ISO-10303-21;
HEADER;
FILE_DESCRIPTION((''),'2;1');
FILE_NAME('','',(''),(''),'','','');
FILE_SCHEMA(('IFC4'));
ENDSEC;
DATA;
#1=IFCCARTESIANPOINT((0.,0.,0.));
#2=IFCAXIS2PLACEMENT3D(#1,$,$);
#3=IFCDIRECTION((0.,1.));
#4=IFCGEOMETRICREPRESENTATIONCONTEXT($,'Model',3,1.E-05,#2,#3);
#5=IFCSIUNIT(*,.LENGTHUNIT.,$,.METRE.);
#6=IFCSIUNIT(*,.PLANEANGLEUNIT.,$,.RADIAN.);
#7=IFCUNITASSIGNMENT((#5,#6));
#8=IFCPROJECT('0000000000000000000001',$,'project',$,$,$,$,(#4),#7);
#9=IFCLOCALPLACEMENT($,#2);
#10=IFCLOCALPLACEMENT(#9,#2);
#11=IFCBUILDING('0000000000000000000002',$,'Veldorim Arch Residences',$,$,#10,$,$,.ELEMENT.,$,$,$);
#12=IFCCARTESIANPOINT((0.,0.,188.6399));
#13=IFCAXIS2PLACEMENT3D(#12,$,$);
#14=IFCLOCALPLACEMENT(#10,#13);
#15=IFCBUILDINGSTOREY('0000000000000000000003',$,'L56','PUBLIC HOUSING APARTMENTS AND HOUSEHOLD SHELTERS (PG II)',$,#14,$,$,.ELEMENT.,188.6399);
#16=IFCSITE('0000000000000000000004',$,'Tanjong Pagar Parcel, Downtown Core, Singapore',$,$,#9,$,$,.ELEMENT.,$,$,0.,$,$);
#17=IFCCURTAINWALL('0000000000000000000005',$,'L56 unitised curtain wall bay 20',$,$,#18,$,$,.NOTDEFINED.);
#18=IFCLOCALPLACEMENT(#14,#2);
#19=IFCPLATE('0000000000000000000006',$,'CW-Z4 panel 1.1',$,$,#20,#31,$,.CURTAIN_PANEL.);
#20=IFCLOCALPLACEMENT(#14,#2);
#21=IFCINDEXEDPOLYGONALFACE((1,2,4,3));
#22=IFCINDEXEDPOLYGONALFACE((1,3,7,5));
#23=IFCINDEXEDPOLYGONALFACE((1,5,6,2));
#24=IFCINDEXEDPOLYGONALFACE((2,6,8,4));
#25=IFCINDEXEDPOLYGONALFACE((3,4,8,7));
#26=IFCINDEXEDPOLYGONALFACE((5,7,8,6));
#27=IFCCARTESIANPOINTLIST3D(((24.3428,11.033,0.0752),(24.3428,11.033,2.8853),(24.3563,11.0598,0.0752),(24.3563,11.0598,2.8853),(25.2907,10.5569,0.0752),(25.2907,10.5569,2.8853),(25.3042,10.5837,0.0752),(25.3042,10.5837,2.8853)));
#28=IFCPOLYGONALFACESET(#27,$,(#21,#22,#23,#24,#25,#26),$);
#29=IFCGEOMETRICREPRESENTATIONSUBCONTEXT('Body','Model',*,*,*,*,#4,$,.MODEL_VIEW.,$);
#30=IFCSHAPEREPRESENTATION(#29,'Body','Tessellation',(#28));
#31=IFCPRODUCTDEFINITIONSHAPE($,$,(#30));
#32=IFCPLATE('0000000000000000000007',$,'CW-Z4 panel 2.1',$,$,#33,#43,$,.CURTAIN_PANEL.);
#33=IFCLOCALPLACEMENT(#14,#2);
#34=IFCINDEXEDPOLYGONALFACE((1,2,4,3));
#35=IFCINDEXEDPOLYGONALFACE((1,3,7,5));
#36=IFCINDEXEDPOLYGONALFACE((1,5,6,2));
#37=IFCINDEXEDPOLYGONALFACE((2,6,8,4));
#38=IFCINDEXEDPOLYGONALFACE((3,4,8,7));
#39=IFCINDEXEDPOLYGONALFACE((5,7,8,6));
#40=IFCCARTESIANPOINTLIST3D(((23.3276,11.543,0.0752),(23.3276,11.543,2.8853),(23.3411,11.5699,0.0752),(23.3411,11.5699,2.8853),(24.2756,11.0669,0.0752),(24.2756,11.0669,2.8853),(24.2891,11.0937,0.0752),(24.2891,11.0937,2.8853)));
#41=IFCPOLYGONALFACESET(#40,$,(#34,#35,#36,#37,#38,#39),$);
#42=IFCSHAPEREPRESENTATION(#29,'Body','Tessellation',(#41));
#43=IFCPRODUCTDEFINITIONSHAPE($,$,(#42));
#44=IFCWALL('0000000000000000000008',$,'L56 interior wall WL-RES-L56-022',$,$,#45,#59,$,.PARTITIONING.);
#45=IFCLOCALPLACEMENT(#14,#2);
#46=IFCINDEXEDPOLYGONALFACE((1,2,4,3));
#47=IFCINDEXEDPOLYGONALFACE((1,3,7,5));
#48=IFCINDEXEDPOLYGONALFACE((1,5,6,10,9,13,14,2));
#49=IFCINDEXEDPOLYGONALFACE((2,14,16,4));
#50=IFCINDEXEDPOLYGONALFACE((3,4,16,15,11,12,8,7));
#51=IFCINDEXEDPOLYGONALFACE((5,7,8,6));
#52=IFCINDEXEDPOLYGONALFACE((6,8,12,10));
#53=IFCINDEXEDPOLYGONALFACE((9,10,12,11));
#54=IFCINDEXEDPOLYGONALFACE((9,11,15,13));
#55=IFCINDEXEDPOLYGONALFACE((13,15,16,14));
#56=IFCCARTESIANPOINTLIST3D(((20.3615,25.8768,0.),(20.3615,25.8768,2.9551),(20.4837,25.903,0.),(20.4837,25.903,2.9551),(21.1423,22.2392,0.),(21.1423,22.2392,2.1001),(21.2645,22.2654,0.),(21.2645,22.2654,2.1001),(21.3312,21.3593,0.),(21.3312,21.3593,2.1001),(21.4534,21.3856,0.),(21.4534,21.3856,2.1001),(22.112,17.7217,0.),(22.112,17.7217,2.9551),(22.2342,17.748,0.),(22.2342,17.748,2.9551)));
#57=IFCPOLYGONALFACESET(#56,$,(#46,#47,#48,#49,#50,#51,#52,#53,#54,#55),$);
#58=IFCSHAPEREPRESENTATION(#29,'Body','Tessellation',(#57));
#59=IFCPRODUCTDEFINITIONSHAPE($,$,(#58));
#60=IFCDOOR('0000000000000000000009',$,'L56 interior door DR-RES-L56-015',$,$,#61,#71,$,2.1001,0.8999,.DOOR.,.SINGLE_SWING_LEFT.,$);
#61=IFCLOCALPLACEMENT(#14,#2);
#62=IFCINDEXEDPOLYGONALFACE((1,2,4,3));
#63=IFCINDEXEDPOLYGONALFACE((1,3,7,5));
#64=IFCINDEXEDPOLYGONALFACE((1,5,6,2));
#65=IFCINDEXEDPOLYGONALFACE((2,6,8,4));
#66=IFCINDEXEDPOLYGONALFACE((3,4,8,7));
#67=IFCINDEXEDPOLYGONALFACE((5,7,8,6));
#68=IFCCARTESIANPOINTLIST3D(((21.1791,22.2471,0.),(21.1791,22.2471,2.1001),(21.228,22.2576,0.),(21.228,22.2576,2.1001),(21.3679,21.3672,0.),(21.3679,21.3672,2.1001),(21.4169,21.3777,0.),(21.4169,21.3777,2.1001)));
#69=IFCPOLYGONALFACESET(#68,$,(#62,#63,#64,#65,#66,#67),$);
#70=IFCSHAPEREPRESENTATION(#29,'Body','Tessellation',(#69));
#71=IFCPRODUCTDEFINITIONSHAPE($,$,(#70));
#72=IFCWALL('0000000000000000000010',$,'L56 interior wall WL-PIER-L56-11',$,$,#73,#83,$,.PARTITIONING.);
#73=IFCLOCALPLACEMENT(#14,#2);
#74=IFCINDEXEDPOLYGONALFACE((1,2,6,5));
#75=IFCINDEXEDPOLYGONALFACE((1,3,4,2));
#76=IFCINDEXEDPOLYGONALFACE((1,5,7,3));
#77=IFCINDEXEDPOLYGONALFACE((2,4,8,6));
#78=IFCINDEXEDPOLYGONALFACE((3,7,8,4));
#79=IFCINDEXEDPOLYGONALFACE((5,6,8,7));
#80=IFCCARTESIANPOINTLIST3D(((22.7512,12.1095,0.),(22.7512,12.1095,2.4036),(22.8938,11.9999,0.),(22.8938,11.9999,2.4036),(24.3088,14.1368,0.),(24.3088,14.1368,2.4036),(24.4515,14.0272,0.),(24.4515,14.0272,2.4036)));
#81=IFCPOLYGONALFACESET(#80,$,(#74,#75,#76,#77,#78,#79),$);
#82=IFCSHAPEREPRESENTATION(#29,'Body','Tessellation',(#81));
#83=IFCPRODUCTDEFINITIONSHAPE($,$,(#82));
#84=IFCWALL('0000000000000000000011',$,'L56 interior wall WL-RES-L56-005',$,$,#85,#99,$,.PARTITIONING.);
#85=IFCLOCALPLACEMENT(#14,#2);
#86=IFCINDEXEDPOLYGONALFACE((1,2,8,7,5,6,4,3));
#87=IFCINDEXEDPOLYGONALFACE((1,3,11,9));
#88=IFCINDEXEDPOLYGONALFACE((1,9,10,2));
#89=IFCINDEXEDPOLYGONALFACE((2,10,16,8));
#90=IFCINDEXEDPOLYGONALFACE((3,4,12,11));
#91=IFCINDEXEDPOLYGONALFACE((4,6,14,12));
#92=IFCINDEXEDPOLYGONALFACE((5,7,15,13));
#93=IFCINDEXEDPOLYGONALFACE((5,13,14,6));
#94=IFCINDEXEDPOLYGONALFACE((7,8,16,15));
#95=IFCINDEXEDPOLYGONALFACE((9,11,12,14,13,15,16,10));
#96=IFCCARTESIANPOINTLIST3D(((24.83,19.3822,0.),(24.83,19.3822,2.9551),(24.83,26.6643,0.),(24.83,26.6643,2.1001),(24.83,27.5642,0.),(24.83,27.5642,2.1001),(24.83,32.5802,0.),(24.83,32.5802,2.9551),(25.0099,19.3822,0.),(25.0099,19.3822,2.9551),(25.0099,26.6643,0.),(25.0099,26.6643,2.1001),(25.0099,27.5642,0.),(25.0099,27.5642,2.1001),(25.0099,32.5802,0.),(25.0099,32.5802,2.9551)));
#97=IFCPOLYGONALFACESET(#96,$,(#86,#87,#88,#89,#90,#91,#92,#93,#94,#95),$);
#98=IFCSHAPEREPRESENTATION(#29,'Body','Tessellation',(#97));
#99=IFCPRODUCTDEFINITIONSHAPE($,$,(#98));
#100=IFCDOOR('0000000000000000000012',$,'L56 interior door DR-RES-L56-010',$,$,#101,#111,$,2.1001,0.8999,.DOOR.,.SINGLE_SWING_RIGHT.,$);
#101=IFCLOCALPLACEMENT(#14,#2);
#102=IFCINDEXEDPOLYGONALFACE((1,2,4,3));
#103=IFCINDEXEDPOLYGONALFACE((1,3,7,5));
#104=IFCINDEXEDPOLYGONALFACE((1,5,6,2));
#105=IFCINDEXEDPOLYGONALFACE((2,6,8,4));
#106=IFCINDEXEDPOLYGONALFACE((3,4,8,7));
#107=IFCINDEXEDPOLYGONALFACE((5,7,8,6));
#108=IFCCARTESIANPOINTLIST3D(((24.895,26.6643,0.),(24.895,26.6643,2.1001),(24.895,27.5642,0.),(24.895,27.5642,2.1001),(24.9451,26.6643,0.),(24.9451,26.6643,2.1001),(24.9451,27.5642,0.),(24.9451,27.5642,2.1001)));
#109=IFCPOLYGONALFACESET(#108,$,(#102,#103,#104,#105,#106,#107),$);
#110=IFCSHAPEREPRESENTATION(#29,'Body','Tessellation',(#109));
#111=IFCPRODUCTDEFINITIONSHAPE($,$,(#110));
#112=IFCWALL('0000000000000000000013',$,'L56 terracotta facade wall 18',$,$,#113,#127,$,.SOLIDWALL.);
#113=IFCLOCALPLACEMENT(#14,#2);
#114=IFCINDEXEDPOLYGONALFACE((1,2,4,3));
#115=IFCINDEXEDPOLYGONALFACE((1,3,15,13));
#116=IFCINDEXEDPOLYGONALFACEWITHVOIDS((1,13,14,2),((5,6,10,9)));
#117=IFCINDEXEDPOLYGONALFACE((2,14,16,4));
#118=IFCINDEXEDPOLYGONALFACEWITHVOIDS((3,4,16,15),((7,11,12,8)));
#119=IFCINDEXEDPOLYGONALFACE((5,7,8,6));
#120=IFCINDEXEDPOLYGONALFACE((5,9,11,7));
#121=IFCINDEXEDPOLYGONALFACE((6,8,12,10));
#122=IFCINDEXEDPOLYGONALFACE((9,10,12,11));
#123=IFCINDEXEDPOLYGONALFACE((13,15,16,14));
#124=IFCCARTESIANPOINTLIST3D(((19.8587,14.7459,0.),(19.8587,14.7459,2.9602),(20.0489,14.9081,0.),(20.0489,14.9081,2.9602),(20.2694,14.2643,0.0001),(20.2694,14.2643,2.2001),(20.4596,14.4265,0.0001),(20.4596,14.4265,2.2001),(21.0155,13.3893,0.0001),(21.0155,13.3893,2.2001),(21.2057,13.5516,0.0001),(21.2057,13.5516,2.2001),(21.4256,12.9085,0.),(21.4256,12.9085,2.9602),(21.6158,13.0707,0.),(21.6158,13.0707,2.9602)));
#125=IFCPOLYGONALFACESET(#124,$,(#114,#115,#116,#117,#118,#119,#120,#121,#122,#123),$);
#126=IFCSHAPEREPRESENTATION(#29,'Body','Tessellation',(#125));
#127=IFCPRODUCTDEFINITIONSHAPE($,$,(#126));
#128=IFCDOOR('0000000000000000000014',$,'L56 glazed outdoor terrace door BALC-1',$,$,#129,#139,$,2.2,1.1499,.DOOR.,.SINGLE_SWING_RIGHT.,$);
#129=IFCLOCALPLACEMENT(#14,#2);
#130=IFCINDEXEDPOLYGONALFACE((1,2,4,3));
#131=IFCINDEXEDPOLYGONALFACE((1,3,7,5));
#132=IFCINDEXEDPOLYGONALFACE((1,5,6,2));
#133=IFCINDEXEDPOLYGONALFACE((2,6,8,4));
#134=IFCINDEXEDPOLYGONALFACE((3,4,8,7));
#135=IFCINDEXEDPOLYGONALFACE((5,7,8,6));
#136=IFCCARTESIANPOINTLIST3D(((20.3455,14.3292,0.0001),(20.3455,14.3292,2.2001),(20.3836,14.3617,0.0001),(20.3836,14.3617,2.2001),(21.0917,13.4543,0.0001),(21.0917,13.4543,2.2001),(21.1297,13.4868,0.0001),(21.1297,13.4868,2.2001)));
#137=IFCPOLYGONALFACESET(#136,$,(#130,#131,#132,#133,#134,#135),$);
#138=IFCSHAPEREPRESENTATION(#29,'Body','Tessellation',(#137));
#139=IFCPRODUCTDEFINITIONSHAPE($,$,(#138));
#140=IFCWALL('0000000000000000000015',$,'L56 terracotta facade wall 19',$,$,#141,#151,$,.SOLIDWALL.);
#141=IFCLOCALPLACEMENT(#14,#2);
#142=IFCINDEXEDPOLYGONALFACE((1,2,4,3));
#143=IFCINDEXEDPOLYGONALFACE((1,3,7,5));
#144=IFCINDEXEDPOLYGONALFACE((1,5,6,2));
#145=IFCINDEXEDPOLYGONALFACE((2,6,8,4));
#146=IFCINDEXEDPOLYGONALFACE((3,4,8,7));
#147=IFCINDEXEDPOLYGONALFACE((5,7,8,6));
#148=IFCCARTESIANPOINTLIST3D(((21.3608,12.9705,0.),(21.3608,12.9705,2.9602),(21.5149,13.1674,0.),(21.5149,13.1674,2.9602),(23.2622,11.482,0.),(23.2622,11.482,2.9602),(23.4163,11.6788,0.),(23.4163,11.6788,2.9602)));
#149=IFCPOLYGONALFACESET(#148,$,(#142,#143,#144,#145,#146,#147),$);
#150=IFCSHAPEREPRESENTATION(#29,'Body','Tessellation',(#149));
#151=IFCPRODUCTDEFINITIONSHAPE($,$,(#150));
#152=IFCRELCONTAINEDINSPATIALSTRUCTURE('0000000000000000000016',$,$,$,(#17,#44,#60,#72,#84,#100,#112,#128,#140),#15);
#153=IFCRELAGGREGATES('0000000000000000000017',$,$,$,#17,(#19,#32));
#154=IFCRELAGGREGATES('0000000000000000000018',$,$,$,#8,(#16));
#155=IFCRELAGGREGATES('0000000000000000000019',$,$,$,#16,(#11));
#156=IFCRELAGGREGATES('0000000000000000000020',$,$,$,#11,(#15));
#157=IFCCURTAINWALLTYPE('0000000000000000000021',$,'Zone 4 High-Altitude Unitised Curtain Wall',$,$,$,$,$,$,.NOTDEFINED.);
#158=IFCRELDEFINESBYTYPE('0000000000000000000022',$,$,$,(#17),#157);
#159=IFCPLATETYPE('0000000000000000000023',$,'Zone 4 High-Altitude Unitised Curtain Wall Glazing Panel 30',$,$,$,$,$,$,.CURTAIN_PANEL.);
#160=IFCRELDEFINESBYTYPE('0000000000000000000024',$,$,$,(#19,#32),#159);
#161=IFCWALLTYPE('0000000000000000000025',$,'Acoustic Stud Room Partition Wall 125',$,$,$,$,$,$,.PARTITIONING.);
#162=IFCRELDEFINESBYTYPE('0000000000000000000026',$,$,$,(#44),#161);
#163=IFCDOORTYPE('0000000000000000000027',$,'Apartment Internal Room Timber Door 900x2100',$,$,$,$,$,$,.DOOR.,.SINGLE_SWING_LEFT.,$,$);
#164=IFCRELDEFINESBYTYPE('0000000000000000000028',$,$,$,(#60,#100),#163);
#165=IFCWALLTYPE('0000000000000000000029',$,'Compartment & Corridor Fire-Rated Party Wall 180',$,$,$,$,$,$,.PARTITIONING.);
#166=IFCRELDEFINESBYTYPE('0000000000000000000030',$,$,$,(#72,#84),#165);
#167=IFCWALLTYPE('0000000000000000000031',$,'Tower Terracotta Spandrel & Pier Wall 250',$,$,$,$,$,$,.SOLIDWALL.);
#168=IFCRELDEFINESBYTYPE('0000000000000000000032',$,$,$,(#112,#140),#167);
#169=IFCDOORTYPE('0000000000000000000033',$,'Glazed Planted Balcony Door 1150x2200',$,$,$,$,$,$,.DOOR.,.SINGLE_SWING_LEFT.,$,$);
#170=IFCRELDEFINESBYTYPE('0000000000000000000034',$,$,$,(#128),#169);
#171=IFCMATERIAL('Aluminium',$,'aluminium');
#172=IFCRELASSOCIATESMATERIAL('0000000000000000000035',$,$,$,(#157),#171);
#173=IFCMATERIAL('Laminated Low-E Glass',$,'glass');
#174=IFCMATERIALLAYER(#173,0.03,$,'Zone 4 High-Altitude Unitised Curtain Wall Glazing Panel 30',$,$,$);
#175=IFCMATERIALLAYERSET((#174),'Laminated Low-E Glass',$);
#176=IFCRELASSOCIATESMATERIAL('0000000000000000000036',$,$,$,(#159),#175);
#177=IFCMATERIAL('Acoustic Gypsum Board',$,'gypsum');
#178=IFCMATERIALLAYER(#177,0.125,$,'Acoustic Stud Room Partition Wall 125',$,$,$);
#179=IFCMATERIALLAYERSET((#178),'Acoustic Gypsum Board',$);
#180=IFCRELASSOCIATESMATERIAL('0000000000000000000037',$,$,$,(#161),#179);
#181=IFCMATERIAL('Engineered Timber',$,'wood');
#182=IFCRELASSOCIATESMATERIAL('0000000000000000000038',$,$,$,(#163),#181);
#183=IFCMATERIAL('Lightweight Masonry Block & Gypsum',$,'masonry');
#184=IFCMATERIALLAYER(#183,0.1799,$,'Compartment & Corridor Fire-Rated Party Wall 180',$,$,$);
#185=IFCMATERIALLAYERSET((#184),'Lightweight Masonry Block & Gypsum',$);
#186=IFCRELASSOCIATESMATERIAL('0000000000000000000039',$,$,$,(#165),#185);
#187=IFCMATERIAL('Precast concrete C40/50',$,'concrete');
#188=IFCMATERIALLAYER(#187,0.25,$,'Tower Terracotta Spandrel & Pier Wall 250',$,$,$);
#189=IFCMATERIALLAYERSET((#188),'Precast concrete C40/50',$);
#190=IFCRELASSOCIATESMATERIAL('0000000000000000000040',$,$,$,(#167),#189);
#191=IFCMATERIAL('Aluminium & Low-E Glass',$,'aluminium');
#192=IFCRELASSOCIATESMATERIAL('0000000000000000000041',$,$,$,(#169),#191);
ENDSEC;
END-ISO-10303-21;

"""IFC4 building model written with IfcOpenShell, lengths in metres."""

from ifc_helpers import new_model, si_unit, direction, frame, frame_2d, origin, origin_2d, place, context, subcontext, project, spatial, rectangle, extrude, material, layer, layer_set, type_object, element, fill, aggregate, save


model = new_model("IFC4")

# Units and contexts
model_context = context("Model", 3, precision=1e-05, world=origin(), true_north=direction((0.0, 1.0)))
body_context = subcontext(model_context, "Body", "Model", "MODEL_VIEW")
ifc_project = project(units=[si_unit("LENGTHUNIT", "METRE"), si_unit("PLANEANGLEUNIT", "RADIAN")], contexts=[model_context])

# Site, building, storey
site_placement = place(None, origin())
site = spatial("IfcSite", under=ifc_project, at=site_placement, Name="Tanjong Pagar Parcel, Downtown Core, Singapore", CompositionType="ELEMENT", RefElevation=0.0)
building_placement = place(site_placement, origin())
building = spatial("IfcBuilding", under=site, at=building_placement, Name="Veldorim Arch Residences", CompositionType="ELEMENT")
storey_placement = place(building_placement, frame((0.0, 0.0, 188.6399)))
storey = spatial("IfcBuildingStorey", under=building, at=storey_placement, Name="L56", Description="PUBLIC HOUSING APARTMENTS AND HOUSEHOLD SHELTERS (PG II)", CompositionType="ELEMENT", Elevation=188.6399)

# Curtain wall, plates
ifc_material_1 = material(Name="Aluminium", Category="aluminium")
curtain_wall_type = type_object("IfcCurtainWallType", Name="Zone 4 High-Altitude Unitised Curtain Wall", PredefinedType="NOTDEFINED", material=ifc_material_1)
curtain_wall_placement = place(storey_placement, origin())
curtain_wall = element("IfcCurtainWall", 1, at=curtain_wall_placement, inside=storey, type_object=curtain_wall_type, Name="L56 unitised curtain wall bay 20", PredefinedType="NOTDEFINED")
ifc_material_2 = material(Name="Laminated Low-E Glass", Category="glass")
ifc_layer_1 = layer(ifc_material_2, 0.03, Name="Zone 4 High-Altitude Unitised Curtain Wall Glazing Panel 30")
ifc_layer_set_1 = layer_set([ifc_layer_1], Name="Laminated Low-E Glass")
plate_type = type_object("IfcPlateType", Name="Zone 4 High-Altitude Unitised Curtain Wall Glazing Panel 30", PredefinedType="CURTAIN_PANEL", material=ifc_layer_set_1)
plate_1_placement = place(storey_placement, frame((24.8235, 10.8083, 0.0752), z_axis=(0.0, 0.0, 1.0), x_axis=(-0.893599, 0.448866, 0.0)))
plate_1 = element("IfcPlate", 2, at=plate_1_placement, type_object=plate_type, Name="CW-Z4 panel 1.1", PredefinedType="CURTAIN_PANEL", context=body_context, shape_type="SweptSolid", body=[
    extrude(rectangle(XDim=1.0608, YDim=0.03, at=origin_2d()), origin(), (0.0, 0.0, 1.0), 2.8101),
])
plate_2_placement = place(storey_placement, frame((23.8083, 11.3184, 0.0752), z_axis=(0.0, 0.0, 1.0), x_axis=(-0.893599, 0.448866, 0.0)))
plate_2 = element("IfcPlate", 3, at=plate_2_placement, type_object=plate_type, Name="CW-Z4 panel 2.1", PredefinedType="CURTAIN_PANEL", context=body_context, shape_type="SweptSolid", body=[
    extrude(rectangle(XDim=1.0608, YDim=0.03, at=origin_2d()), origin(), (0.0, 0.0, 1.0), 2.8101),
])
aggregate(curtain_wall, [plate_1, plate_2])

# Wall, opening, door
ifc_material_3 = material(Name="Acoustic Gypsum Board", Category="gypsum")
ifc_layer_2 = layer(ifc_material_3, 0.125, Name="Acoustic Stud Room Partition Wall 125")
ifc_layer_set_2 = layer_set([ifc_layer_2], Name="Acoustic Gypsum Board")
wall_type_1 = type_object("IfcWallType", Name="Acoustic Stud Room Partition Wall 125", PredefinedType="PARTITIONING", material=ifc_layer_set_2)
wall_1_placement = place(storey_placement, frame((22.1731, 17.7349, 0.0), z_axis=(0.0, 0.0, 1.0), x_axis=(-0.209871, 0.977729, 0.0)))
wall_1 = element("IfcWall", 4, at=wall_1_placement, inside=storey, type_object=wall_type_1, Name="L56 interior wall WL-RES-L56-022", PredefinedType="PARTITIONING", context=body_context, shape_type="SweptSolid", body=[
    extrude(rectangle(XDim=8.3408, YDim=0.125, at=frame_2d((4.1704, 0.0))), origin(), (0.0, 0.0, 1.0), 2.9551),
])
opening_1_placement = place(wall_1_placement, frame((3.7205, 0.0, 0.0)))
opening_1 = element("IfcOpeningElement", 5, at=opening_1_placement, cuts=wall_1, PredefinedType="OPENING", context=body_context, shape_type="SweptSolid", body=[
    extrude(rectangle(XDim=0.8999, YDim=2.1001, at=frame_2d((0.45, 1.05))), frame((0.0, 0.0725, 0.0), z_axis=(0.0, -1.0, 0.0), x_axis=(1.0, 0.0, 0.0)), (0.0, 0.0, 1.0), 0.145),
])
ifc_material_4 = material(Name="Engineered Timber", Category="wood")
door_type_1 = type_object("IfcDoorType", Name="Apartment Internal Room Timber Door 900x2100", OperationType="SINGLE_SWING_LEFT", PredefinedType="DOOR", material=ifc_material_4)
door_1_placement = place(opening_1_placement, origin())
door_1 = element("IfcDoor", 6, at=door_1_placement, inside=storey, type_object=door_type_1, Name="L56 interior door DR-RES-L56-015", OperationType="SINGLE_SWING_LEFT", OverallHeight=2.1001, OverallWidth=0.8999, PredefinedType="DOOR", context=body_context, shape_type="SweptSolid", body=[
    extrude(rectangle(XDim=0.8999, YDim=2.1001, at=frame_2d((0.45, 1.05))), frame((0.0, 0.0249, 0.0), z_axis=(0.0, -1.0, 0.0), x_axis=(1.0, 0.0, 0.0)), (0.0, 0.0, 1.0), 0.05),
])
fill(opening_1, door_1)

# Wall
ifc_material_5 = material(Name="Lightweight Masonry Block & Gypsum", Category="masonry")
ifc_layer_3 = layer(ifc_material_5, 0.1799, Name="Compartment & Corridor Fire-Rated Party Wall 180")
ifc_layer_set_3 = layer_set([ifc_layer_3], Name="Lightweight Masonry Block & Gypsum")
wall_type_2 = type_object("IfcWallType", Name="Compartment & Corridor Fire-Rated Party Wall 180", PredefinedType="PARTITIONING", material=ifc_layer_set_3)
wall_2_placement = place(storey_placement, frame((24.3801, 14.082, 0.0), z_axis=(0.0, 0.0, 1.0), x_axis=(-0.609249, -0.792979, 0.0)))
element("IfcWall", 7, at=wall_2_placement, inside=storey, type_object=wall_type_2, Name="L56 interior wall WL-PIER-L56-11", PredefinedType="PARTITIONING", context=body_context, shape_type="SweptSolid", body=[
    extrude(rectangle(XDim=2.5566, YDim=0.1799, at=frame_2d((1.2783, 0.0))), origin(), (0.0, 0.0, 1.0), 2.4036),
])

# Walls, openings, doors
wall_3_placement = place(storey_placement, frame((24.9199, 19.3821, 0.0), z_axis=(0.0, 0.0, 1.0), x_axis=(0.0, 1.0, 0.0)))
wall_3 = element("IfcWall", 8, at=wall_3_placement, inside=storey, type_object=wall_type_2, Name="L56 interior wall WL-RES-L56-005", PredefinedType="PARTITIONING", context=body_context, shape_type="SweptSolid", body=[
    extrude(rectangle(XDim=13.198, YDim=0.1799, at=frame_2d((6.5991, 0.0))), origin(), (0.0, 0.0, 1.0), 2.9551),
])
opening_2_placement = place(wall_3_placement, frame((7.2822, 0.0, 0.0)))
opening_2 = element("IfcOpeningElement", 9, at=opening_2_placement, cuts=wall_3, PredefinedType="OPENING", context=body_context, shape_type="SweptSolid", body=[
    extrude(rectangle(XDim=0.8999, YDim=2.1001, at=frame_2d((0.45, 1.05))), frame((0.0, 0.0999, 0.0), z_axis=(0.0, -1.0, 0.0), x_axis=(1.0, 0.0, 0.0)), (0.0, 0.0, 1.0), 0.2),
])
door_2_placement = place(opening_2_placement, origin())
door_2 = element("IfcDoor", 10, at=door_2_placement, inside=storey, type_object=door_type_1, Name="L56 interior door DR-RES-L56-010", OperationType="SINGLE_SWING_RIGHT", OverallHeight=2.1001, OverallWidth=0.8999, PredefinedType="DOOR", context=body_context, shape_type="SweptSolid", body=[
    extrude(rectangle(XDim=0.8999, YDim=2.1001, at=frame_2d((0.45, 1.05))), frame((0.0, 0.0249, 0.0), z_axis=(0.0, -1.0, 0.0), x_axis=(1.0, 0.0, 0.0)), (0.0, 0.0, 1.0), 0.05),
])
fill(opening_2, door_2)
ifc_material_6 = material(Name="Precast concrete C40/50", Category="concrete")
ifc_layer_4 = layer(ifc_material_6, 0.25, Name="Tower Terracotta Spandrel & Pier Wall 250")
ifc_layer_set_4 = layer_set([ifc_layer_4], Name="Precast concrete C40/50")
wall_type_3 = type_object("IfcWallType", Name="Tower Terracotta Spandrel & Pier Wall 250", PredefinedType="SOLIDWALL", material=ifc_layer_set_4)
wall_4_placement = place(storey_placement, frame((21.5208, 12.9895, 0.0), z_axis=(0.0, 0.0, 1.0), x_axis=(-0.648874, 0.760896, 0.0)))
wall_4 = element("IfcWall", 11, at=wall_4_placement, inside=storey, type_object=wall_type_3, Name="L56 terracotta facade wall 18", PredefinedType="SOLIDWALL", context=body_context, shape_type="SweptSolid", body=[
    extrude(rectangle(XDim=2.4148, YDim=0.25, at=frame_2d((1.2075, 0.0))), origin(), (0.0, 0.0, 1.0), 2.9602),
])
opening_3_placement = place(wall_4_placement, frame((0.6321, 0.0, 0.0)))
opening_3 = element("IfcOpeningElement", 12, at=opening_3_placement, cuts=wall_4, PredefinedType="OPENING", context=body_context, shape_type="SweptSolid", body=[
    extrude(rectangle(XDim=1.1499, YDim=2.2, at=frame_2d((0.575, 1.1001))), frame((0.0, 0.135, 0.0), z_axis=(0.0, -1.0, 0.0), x_axis=(1.0, 0.0, 0.0)), (0.0, 0.0, 1.0), 0.27),
])
ifc_material_7 = material(Name="Aluminium & Low-E Glass", Category="aluminium")
door_type_2 = type_object("IfcDoorType", Name="Glazed Planted Balcony Door 1150x2200", OperationType="SINGLE_SWING_LEFT", PredefinedType="DOOR", material=ifc_material_7)
door_3_placement = place(opening_3_placement, origin())
door_3 = element("IfcDoor", 13, at=door_3_placement, inside=storey, type_object=door_type_2, Name="L56 glazed outdoor terrace door BALC-1", OperationType="SINGLE_SWING_RIGHT", OverallHeight=2.2, OverallWidth=1.1499, PredefinedType="DOOR", context=body_context, shape_type="SweptSolid", body=[
    extrude(rectangle(XDim=1.1499, YDim=2.2, at=frame_2d((0.575, 1.1001))), frame((0.0, 0.0249, 0.0), z_axis=(0.0, -1.0, 0.0), x_axis=(1.0, 0.0, 0.0)), (0.0, 0.0, 1.0), 0.05),
])
fill(opening_3, door_3)

# Wall
wall_5_placement = place(storey_placement, frame((23.3394, 11.5803, 0.0), z_axis=(0.0, 0.0, 1.0), x_axis=(-0.787405, 0.616436, 0.0)))
element("IfcWall", 14, at=wall_5_placement, inside=storey, type_object=wall_type_3, Name="L56 terracotta facade wall 19", PredefinedType="SOLIDWALL", context=body_context, shape_type="SweptSolid", body=[
    extrude(rectangle(XDim=2.4148, YDim=0.25, at=frame_2d((1.2075, 0.0))), origin(), (0.0, 0.0, 1.0), 2.9602),
])

save(model, "model.ifc")
